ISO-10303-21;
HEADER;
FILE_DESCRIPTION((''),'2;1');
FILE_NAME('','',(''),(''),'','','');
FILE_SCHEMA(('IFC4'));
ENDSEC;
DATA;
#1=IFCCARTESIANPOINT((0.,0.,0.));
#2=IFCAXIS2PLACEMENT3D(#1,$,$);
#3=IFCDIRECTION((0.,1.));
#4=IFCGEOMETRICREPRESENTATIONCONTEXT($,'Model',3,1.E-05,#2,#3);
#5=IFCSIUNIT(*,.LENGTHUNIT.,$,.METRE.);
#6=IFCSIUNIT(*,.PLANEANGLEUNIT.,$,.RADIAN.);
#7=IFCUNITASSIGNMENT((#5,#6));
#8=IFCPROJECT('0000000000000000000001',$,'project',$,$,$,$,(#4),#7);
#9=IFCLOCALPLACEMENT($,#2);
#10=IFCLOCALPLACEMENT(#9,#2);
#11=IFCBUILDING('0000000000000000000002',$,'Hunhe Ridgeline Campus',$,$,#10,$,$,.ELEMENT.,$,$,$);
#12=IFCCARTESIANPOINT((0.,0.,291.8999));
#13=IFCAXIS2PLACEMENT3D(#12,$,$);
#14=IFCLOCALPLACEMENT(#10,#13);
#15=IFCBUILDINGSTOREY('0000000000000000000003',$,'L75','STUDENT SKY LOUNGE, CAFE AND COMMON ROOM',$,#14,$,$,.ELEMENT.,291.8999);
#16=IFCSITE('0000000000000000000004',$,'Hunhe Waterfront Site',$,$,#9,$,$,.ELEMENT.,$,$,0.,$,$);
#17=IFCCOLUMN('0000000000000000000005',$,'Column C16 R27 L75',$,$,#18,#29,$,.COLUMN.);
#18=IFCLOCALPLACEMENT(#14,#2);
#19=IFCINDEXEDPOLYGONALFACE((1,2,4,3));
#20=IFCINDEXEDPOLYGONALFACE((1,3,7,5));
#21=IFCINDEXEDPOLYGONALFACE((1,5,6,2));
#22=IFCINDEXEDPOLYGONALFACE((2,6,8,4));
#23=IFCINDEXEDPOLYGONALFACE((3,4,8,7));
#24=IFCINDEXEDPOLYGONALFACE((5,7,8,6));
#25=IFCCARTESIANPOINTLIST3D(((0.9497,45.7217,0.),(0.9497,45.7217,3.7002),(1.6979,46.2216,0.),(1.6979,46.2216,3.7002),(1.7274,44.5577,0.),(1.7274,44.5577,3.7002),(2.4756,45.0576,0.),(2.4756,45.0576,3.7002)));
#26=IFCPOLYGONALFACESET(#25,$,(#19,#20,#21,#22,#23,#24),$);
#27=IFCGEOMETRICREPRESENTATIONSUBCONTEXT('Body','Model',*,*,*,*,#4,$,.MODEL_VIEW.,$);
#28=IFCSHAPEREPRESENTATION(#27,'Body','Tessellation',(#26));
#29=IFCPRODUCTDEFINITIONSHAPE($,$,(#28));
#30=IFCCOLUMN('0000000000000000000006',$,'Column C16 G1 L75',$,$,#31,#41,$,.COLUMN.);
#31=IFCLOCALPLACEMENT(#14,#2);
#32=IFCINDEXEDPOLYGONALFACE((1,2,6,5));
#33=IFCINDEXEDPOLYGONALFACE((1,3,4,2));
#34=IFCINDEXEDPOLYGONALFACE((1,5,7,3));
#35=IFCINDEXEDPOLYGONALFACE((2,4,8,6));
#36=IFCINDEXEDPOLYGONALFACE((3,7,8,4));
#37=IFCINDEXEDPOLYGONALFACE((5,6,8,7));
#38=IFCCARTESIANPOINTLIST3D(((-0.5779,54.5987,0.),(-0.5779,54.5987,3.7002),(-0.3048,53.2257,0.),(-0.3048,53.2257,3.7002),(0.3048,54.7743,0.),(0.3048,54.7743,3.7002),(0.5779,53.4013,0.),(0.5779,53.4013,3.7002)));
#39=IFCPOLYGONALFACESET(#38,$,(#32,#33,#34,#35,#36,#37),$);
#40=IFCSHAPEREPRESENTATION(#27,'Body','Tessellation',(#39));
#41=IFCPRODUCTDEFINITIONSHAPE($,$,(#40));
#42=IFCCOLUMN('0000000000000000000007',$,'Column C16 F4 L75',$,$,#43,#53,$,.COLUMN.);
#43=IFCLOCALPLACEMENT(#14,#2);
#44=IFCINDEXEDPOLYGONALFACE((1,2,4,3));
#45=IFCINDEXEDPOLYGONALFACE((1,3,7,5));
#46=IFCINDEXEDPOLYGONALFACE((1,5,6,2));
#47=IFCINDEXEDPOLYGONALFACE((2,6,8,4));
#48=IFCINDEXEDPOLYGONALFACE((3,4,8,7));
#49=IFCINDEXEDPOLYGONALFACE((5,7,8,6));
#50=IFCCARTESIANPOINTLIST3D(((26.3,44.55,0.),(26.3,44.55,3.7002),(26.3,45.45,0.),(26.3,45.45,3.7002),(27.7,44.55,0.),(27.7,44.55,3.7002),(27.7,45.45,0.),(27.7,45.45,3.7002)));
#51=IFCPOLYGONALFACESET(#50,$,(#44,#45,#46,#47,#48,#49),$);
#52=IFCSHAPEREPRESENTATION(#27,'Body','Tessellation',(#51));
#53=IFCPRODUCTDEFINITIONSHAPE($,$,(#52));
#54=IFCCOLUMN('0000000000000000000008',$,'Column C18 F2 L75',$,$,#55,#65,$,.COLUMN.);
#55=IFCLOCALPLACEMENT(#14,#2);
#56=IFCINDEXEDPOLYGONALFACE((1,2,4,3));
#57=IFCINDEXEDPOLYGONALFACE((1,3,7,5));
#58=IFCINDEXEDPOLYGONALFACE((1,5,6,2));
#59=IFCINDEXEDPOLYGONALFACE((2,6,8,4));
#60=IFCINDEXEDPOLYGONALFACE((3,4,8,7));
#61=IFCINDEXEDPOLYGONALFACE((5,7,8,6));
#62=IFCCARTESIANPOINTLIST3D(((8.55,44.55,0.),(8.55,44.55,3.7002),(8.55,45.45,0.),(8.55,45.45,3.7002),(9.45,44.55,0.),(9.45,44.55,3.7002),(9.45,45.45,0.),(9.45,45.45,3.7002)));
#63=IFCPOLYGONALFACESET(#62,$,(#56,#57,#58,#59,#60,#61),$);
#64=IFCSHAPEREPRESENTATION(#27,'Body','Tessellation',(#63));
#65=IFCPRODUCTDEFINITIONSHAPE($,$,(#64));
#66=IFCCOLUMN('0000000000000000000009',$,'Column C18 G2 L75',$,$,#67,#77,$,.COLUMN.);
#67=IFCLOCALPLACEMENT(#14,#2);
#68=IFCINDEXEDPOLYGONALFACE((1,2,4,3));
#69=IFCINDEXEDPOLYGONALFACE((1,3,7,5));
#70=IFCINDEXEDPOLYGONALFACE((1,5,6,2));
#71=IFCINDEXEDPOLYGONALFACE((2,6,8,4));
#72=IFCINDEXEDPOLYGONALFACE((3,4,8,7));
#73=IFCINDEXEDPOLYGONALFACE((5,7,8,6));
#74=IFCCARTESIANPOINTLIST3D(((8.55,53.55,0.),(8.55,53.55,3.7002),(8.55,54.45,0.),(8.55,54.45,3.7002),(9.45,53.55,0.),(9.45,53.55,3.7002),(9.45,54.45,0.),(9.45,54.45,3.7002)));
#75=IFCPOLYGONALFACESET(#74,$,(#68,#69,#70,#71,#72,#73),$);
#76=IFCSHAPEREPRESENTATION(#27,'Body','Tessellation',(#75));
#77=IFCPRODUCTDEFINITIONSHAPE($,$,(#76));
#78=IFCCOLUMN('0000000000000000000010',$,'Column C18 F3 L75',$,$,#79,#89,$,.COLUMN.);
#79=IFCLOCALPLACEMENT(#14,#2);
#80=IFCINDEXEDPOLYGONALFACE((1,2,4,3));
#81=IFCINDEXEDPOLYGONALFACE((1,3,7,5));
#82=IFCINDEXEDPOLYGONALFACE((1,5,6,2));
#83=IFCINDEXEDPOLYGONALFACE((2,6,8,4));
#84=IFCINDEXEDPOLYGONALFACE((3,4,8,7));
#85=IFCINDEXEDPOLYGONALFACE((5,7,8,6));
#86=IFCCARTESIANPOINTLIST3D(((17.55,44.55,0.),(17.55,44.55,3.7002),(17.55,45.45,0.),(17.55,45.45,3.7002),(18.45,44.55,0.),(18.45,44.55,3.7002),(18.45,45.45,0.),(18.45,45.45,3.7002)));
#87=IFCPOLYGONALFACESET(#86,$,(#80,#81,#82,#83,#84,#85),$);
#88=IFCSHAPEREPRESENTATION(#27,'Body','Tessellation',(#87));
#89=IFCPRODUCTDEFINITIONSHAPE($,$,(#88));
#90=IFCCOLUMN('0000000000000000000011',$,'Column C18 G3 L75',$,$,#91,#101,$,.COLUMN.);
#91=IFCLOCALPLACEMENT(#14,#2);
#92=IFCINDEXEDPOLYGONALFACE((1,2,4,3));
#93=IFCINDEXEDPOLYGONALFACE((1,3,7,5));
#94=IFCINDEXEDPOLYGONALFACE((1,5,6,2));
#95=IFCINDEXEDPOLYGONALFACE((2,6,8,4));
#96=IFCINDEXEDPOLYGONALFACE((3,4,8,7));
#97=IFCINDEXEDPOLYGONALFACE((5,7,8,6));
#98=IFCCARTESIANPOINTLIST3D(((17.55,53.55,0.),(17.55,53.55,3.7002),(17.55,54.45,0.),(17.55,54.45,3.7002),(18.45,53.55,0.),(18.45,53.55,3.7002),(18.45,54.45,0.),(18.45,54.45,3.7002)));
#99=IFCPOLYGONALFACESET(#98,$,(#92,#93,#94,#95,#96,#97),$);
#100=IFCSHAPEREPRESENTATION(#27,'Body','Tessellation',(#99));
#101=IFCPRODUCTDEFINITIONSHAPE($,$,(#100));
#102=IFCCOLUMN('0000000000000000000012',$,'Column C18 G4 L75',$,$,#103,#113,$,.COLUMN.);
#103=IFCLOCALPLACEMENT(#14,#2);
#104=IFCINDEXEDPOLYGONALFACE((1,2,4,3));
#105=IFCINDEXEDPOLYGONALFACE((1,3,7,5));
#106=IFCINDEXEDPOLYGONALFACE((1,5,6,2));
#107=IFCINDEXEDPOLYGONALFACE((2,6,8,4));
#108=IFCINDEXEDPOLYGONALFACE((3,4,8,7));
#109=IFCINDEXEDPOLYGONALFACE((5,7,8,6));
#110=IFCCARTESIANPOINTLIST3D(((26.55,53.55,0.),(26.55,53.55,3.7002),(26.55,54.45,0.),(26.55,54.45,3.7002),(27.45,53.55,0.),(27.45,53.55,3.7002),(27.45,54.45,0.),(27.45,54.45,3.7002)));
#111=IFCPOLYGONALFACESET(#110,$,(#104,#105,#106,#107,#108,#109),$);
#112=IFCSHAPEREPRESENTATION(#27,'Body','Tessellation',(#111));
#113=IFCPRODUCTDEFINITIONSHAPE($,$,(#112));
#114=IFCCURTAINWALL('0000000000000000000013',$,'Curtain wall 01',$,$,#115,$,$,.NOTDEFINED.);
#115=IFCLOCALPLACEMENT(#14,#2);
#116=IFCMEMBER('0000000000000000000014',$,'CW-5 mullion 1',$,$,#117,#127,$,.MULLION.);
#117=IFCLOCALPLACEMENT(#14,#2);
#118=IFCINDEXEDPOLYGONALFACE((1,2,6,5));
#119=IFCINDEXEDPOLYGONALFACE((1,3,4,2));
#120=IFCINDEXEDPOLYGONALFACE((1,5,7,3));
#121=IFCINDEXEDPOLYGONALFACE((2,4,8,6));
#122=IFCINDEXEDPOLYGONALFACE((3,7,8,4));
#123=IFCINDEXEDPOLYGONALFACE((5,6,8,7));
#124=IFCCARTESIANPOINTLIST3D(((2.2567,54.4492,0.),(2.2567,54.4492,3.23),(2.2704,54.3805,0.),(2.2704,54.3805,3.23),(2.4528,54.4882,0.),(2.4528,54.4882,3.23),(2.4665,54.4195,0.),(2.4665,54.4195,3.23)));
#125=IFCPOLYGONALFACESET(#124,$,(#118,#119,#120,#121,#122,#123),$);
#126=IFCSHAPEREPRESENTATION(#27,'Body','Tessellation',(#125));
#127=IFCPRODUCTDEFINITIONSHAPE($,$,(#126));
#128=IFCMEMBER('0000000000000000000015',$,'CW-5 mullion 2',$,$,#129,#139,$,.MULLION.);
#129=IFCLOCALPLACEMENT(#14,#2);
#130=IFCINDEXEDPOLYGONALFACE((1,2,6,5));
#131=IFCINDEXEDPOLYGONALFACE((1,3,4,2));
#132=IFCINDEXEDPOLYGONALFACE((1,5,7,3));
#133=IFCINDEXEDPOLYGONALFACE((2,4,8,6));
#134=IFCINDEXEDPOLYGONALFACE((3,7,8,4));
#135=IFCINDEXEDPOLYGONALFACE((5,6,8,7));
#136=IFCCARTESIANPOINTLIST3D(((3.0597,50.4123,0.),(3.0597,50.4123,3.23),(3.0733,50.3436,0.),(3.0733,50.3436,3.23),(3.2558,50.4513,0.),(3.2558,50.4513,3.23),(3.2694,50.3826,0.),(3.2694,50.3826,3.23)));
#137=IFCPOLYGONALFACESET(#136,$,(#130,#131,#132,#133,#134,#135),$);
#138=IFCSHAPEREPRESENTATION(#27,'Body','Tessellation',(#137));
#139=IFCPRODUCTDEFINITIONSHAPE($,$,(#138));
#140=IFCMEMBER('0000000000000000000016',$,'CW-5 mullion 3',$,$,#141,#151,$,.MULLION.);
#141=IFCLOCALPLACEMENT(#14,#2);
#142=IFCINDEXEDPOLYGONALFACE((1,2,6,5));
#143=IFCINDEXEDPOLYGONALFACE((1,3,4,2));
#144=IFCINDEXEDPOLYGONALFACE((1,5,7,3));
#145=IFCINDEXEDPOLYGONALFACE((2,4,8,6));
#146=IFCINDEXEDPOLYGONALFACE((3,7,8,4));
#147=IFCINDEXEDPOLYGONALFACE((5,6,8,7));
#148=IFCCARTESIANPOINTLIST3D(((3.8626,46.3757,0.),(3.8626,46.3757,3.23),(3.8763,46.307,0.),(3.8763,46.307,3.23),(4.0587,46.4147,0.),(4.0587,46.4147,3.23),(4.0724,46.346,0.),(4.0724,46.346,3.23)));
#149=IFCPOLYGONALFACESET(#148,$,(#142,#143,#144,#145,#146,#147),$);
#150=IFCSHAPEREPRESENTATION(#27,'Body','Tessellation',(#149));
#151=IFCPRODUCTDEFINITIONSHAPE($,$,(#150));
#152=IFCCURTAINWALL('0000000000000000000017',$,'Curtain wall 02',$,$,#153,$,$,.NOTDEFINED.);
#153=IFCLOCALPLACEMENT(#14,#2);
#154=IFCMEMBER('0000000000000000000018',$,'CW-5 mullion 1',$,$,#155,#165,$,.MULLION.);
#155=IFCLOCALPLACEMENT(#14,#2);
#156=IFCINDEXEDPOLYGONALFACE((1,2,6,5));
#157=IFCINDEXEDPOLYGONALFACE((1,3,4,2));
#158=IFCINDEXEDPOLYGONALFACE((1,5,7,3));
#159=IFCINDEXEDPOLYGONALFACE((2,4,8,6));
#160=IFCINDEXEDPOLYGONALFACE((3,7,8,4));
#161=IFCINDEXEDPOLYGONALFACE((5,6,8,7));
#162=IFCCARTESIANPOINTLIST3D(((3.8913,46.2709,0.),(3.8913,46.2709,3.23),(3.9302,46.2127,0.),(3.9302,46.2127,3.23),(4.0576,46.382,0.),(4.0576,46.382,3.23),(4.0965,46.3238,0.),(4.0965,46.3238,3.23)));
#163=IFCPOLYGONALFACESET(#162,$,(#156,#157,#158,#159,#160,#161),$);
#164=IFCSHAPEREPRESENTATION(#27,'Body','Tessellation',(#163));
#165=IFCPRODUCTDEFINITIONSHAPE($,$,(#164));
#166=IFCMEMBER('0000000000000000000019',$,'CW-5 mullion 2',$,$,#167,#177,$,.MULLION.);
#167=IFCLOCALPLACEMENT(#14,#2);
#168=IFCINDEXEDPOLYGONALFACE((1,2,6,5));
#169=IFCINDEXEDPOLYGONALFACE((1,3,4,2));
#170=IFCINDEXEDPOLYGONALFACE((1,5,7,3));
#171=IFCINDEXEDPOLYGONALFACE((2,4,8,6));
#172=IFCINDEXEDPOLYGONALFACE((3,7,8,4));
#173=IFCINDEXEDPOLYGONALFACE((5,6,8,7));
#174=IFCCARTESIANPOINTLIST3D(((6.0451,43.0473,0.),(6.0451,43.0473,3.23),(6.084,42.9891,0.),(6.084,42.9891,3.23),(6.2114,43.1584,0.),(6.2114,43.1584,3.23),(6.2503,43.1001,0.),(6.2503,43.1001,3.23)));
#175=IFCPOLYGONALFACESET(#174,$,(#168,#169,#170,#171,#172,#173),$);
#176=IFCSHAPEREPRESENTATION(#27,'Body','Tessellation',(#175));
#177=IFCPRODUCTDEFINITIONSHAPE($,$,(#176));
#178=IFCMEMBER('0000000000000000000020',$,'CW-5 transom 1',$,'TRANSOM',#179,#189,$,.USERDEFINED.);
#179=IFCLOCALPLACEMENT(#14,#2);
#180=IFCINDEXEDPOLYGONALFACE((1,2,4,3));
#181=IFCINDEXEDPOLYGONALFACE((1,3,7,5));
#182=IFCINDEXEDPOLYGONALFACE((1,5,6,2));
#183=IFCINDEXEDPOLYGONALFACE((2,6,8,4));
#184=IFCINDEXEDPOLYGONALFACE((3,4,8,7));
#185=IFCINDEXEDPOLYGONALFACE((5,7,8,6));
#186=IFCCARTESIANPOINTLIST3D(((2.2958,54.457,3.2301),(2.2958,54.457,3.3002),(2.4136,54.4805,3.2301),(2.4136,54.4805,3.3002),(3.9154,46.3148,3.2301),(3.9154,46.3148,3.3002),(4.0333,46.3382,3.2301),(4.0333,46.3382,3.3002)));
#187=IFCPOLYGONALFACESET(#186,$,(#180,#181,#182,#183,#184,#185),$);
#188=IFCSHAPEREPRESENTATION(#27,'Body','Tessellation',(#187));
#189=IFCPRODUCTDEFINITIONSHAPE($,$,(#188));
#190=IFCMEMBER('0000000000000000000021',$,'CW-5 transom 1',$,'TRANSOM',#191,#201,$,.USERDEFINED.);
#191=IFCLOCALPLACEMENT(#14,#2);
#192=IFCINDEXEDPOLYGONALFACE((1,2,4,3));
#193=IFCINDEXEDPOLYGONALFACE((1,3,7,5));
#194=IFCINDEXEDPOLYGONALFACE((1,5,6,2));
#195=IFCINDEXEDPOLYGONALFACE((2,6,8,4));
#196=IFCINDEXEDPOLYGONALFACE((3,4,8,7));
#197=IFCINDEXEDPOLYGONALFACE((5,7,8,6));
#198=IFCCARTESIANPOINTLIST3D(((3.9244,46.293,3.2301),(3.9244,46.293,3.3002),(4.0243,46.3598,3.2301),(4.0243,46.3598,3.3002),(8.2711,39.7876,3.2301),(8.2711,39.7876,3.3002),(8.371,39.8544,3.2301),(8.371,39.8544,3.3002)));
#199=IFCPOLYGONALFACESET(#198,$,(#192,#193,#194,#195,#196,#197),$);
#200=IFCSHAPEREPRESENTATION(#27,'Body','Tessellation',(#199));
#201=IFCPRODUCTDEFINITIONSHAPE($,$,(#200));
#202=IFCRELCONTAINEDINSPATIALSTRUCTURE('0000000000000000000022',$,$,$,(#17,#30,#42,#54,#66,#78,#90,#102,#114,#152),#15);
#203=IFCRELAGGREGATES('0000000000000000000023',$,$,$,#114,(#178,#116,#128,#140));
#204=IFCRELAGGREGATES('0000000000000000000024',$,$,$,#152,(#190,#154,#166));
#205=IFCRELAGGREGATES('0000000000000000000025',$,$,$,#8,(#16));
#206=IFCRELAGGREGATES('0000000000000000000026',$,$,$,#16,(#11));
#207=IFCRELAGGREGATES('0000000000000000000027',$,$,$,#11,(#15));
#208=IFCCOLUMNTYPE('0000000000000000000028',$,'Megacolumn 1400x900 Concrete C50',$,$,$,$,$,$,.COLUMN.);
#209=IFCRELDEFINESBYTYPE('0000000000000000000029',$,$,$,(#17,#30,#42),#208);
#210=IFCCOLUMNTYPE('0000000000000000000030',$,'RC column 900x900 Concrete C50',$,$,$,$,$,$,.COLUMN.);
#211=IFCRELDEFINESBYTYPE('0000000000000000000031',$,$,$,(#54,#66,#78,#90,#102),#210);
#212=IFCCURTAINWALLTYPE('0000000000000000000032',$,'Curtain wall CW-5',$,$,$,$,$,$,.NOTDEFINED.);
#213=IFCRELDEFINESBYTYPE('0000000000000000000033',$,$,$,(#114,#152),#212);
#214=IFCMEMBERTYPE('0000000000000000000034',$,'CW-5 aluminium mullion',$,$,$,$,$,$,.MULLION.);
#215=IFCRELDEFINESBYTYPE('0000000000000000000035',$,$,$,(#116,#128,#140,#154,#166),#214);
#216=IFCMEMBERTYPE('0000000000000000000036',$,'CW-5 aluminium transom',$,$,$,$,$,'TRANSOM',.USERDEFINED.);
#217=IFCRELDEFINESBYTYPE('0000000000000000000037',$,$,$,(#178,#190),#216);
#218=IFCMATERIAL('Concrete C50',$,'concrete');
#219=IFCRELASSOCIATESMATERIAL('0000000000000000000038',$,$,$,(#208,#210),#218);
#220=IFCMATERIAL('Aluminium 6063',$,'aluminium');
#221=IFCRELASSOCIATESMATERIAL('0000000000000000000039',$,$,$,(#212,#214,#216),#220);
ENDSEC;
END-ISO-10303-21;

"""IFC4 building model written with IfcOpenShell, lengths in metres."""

from ifc_helpers import new_model, si_unit, direction, frame, origin, origin_2d, place, context, subcontext, project, spatial, rectangle, extrude, material, material_profile, profile_set, type_object, element, aggregate, save


model = new_model("IFC4")

# Units and contexts
model_context = context("Model", 3, precision=1e-05, world=origin(), true_north=direction((0.0, 1.0)))
body_context = subcontext(model_context, "Body", "Model", "MODEL_VIEW")
ifc_project = project(units=[si_unit("LENGTHUNIT", "METRE"), si_unit("PLANEANGLEUNIT", "RADIAN")], contexts=[model_context])

# Site, building, storey
site_placement = place(None, origin())
site = spatial("IfcSite", under=ifc_project, at=site_placement, Name="Hunhe Waterfront Site", CompositionType="ELEMENT", RefElevation=0.0)
building_placement = place(site_placement, origin())
building = spatial("IfcBuilding", under=site, at=building_placement, Name="Hunhe Ridgeline Campus", CompositionType="ELEMENT")
storey_placement = place(building_placement, frame((0.0, 0.0, 291.8999)))
storey = spatial("IfcBuildingStorey", under=building, at=storey_placement, Name="L75", Description="STUDENT SKY LOUNGE, CAFE AND COMMON ROOM", CompositionType="ELEMENT", Elevation=291.8999)

# Columns
ifc_material_1 = material(Name="Concrete C50", Category="concrete")
ifc_material_profile_1 = material_profile(ifc_material_1, rectangle(XDim=1.3999, YDim=0.8999, at=origin_2d()))
ifc_profile_set_1 = profile_set([ifc_material_profile_1], Name="Concrete C50")
column_type_1 = type_object("IfcColumnType", Name="Megacolumn 1400x900 Concrete C50", PredefinedType="COLUMN", material=ifc_profile_set_1)
for number, where, z_axis, x_axis, name in (
    (1, (1.7126, 45.3896, 0.0), (0.0, 0.0, 1.0), (-0.55557, 0.83147, 0.0), "Column C16 R27 L75"),
    (2, (0.0, 54.0, 0.0), (0.0, 0.0, 1.0), (-0.19509, 0.980785, 0.0), "Column C16 G1 L75"),
    (3, (27.0, 45.0, 0.0), (0.0, 0.0, 1.0), (1.0, 0.0, 0.0), "Column C16 F4 L75"),
):
    element("IfcColumn", number, at=place(storey_placement, frame(where, z_axis=z_axis, x_axis=x_axis)), inside=storey, type_object=column_type_1, Name=name, PredefinedType="COLUMN", context=body_context, shape_type="SweptSolid", body=[
        extrude(rectangle(XDim=1.3999, YDim=0.8999, at=origin_2d()), origin(), (0.0, 0.0, 1.0), 3.7002),
    ])
ifc_material_profile_2 = material_profile(ifc_material_1, rectangle(XDim=0.8999, YDim=0.8999, at=origin_2d()))
ifc_profile_set_2 = profile_set([ifc_material_profile_2], Name="Concrete C50")
column_type_2 = type_object("IfcColumnType", Name="RC column 900x900 Concrete C50", PredefinedType="COLUMN", material=ifc_profile_set_2)
for number, where, z_axis, x_axis, name in (
    (4, (9.0, 45.0, 0.0), (0.0, 0.0, 1.0), (1.0, 0.0, 0.0), "Column C18 F2 L75"),
    (5, (9.0, 54.0, 0.0), (0.0, 0.0, 1.0), (1.0, 0.0, 0.0), "Column C18 G2 L75"),
    (6, (18.0, 45.0, 0.0), (0.0, 0.0, 1.0), (1.0, 0.0, 0.0), "Column C18 F3 L75"),
    (7, (18.0, 54.0, 0.0), (0.0, 0.0, 1.0), (1.0, 0.0, 0.0), "Column C18 G3 L75"),
    (8, (27.0, 54.0, 0.0), (0.0, 0.0, 1.0), (1.0, 0.0, 0.0), "Column C18 G4 L75"),
):
    element("IfcColumn", number, at=place(storey_placement, frame(where, z_axis=z_axis, x_axis=x_axis)), inside=storey, type_object=column_type_2, Name=name, PredefinedType="COLUMN", context=body_context, shape_type="SweptSolid", body=[
        extrude(rectangle(XDim=0.8999, YDim=0.8999, at=origin_2d()), origin(), (0.0, 0.0, 1.0), 3.7002),
    ])

# Curtain walls, members
ifc_material_2 = material(Name="Aluminium 6063", Category="aluminium")
curtain_wall_type = type_object("IfcCurtainWallType", Name="Curtain wall CW-5", PredefinedType="NOTDEFINED", material=ifc_material_2)
curtain_wall_1_placement = place(storey_placement, origin())
curtain_wall_1 = element("IfcCurtainWall", 9, at=curtain_wall_1_placement, inside=storey, type_object=curtain_wall_type, Name="Curtain wall 01", PredefinedType="NOTDEFINED")
ifc_material_profile_3 = material_profile(ifc_material_2, rectangle(XDim=0.2, YDim=0.0701, at=origin_2d()))
ifc_profile_set_3 = profile_set([ifc_material_profile_3], Name="Aluminium 6063")
member_type_1 = type_object("IfcMemberType", Name="CW-5 aluminium mullion", PredefinedType="MULLION", material=ifc_profile_set_3)
member_1_placement = place(storey_placement, frame((2.3616, 54.4343, 0.0), z_axis=(0.0, 0.0, 1.0), x_axis=(0.980784, 0.195095, 0.0)))
member_1 = element("IfcMember", 10, at=member_1_placement, type_object=member_type_1, Name="CW-5 mullion 1", PredefinedType="MULLION", context=body_context, shape_type="SweptSolid", body=[
    extrude(rectangle(XDim=0.2, YDim=0.0701, at=origin_2d()), origin(), (0.0, 0.0, 1.0), 3.23),
])
member_2_placement = place(storey_placement, frame((3.1646, 50.3975, 0.0), z_axis=(0.0, 0.0, 1.0), x_axis=(0.980784, 0.195095, 0.0)))
member_2 = element("IfcMember", 11, at=member_2_placement, type_object=member_type_1, Name="CW-5 mullion 2", PredefinedType="MULLION", context=body_context, shape_type="SweptSolid", body=[
    extrude(rectangle(XDim=0.2, YDim=0.0701, at=origin_2d()), origin(), (0.0, 0.0, 1.0), 3.23),
])
member_3_placement = place(storey_placement, frame((3.9675, 46.3608, 0.0), z_axis=(0.0, 0.0, 1.0), x_axis=(0.980784, 0.195095, 0.0)))
member_3 = element("IfcMember", 12, at=member_3_placement, type_object=member_type_1, Name="CW-5 mullion 3", PredefinedType="MULLION", context=body_context, shape_type="SweptSolid", body=[
    extrude(rectangle(XDim=0.2, YDim=0.0701, at=origin_2d()), origin(), (0.0, 0.0, 1.0), 3.23),
])
curtain_wall_2_placement = place(storey_placement, origin())
curtain_wall_2 = element("IfcCurtainWall", 13, at=curtain_wall_2_placement, inside=storey, type_object=curtain_wall_type, Name="Curtain wall 02", PredefinedType="NOTDEFINED")
member_4_placement = place(storey_placement, frame((3.9939, 46.2974, 0.0), z_axis=(0.0, 0.0, 1.0), x_axis=(0.83147, 0.55557, 0.0)))
member_4 = element("IfcMember", 14, at=member_4_placement, type_object=member_type_1, Name="CW-5 mullion 1", PredefinedType="MULLION", context=body_context, shape_type="SweptSolid", body=[
    extrude(rectangle(XDim=0.2, YDim=0.0701, at=origin_2d()), origin(), (0.0, 0.0, 1.0), 3.23),
])
member_5_placement = place(storey_placement, frame((6.1477, 43.0737, 0.0), z_axis=(0.0, 0.0, 1.0), x_axis=(0.83147, 0.55557, 0.0)))
member_5 = element("IfcMember", 15, at=member_5_placement, type_object=member_type_1, Name="CW-5 mullion 2", PredefinedType="MULLION", context=body_context, shape_type="SweptSolid", body=[
    extrude(rectangle(XDim=0.2, YDim=0.0701, at=origin_2d()), origin(), (0.0, 0.0, 1.0), 3.23),
])

# Members
ifc_material_profile_4 = material_profile(ifc_material_2, rectangle(XDim=0.1201, YDim=0.0701, at=origin_2d()))
ifc_profile_set_4 = profile_set([ifc_material_profile_4], Name="Aluminium 6063")
member_type_2 = type_object("IfcMemberType", Name="CW-5 aluminium transom", ElementType="TRANSOM", PredefinedType="USERDEFINED", material=ifc_profile_set_4)
member_6_placement = place(storey_placement, frame((2.3547, 54.4688, 3.2651), z_axis=(0.195092, -0.980785, 0.0), x_axis=(0.980785, 0.195092, 0.0)))
member_6 = element("IfcMember", 16, at=member_6_placement, type_object=member_type_2, Name="CW-5 transom 1", ObjectType="TRANSOM", PredefinedType="USERDEFINED", context=body_context, shape_type="SweptSolid", body=[
    extrude(rectangle(XDim=0.1201, YDim=0.0701, at=origin_2d()), origin(), (0.0, 0.0, 1.0), 8.3018),
])
member_7_placement = place(storey_placement, frame((3.9744, 46.3264, 3.2651), z_axis=(0.555564, -0.831474, 0.0), x_axis=(0.831474, 0.555564, 0.0)))
member_7 = element("IfcMember", 17, at=member_7_placement, type_object=member_type_2, Name="CW-5 transom 1", ObjectType="TRANSOM", PredefinedType="USERDEFINED", context=body_context, shape_type="SweptSolid", body=[
    extrude(rectangle(XDim=0.1201, YDim=0.0701, at=origin_2d()), origin(), (0.0, 0.0, 1.0), 7.824),
])

aggregate(curtain_wall_1, [member_6, member_1, member_2, member_3])
aggregate(curtain_wall_2, [member_7, member_4, member_5])

save(model, "model.ifc")
